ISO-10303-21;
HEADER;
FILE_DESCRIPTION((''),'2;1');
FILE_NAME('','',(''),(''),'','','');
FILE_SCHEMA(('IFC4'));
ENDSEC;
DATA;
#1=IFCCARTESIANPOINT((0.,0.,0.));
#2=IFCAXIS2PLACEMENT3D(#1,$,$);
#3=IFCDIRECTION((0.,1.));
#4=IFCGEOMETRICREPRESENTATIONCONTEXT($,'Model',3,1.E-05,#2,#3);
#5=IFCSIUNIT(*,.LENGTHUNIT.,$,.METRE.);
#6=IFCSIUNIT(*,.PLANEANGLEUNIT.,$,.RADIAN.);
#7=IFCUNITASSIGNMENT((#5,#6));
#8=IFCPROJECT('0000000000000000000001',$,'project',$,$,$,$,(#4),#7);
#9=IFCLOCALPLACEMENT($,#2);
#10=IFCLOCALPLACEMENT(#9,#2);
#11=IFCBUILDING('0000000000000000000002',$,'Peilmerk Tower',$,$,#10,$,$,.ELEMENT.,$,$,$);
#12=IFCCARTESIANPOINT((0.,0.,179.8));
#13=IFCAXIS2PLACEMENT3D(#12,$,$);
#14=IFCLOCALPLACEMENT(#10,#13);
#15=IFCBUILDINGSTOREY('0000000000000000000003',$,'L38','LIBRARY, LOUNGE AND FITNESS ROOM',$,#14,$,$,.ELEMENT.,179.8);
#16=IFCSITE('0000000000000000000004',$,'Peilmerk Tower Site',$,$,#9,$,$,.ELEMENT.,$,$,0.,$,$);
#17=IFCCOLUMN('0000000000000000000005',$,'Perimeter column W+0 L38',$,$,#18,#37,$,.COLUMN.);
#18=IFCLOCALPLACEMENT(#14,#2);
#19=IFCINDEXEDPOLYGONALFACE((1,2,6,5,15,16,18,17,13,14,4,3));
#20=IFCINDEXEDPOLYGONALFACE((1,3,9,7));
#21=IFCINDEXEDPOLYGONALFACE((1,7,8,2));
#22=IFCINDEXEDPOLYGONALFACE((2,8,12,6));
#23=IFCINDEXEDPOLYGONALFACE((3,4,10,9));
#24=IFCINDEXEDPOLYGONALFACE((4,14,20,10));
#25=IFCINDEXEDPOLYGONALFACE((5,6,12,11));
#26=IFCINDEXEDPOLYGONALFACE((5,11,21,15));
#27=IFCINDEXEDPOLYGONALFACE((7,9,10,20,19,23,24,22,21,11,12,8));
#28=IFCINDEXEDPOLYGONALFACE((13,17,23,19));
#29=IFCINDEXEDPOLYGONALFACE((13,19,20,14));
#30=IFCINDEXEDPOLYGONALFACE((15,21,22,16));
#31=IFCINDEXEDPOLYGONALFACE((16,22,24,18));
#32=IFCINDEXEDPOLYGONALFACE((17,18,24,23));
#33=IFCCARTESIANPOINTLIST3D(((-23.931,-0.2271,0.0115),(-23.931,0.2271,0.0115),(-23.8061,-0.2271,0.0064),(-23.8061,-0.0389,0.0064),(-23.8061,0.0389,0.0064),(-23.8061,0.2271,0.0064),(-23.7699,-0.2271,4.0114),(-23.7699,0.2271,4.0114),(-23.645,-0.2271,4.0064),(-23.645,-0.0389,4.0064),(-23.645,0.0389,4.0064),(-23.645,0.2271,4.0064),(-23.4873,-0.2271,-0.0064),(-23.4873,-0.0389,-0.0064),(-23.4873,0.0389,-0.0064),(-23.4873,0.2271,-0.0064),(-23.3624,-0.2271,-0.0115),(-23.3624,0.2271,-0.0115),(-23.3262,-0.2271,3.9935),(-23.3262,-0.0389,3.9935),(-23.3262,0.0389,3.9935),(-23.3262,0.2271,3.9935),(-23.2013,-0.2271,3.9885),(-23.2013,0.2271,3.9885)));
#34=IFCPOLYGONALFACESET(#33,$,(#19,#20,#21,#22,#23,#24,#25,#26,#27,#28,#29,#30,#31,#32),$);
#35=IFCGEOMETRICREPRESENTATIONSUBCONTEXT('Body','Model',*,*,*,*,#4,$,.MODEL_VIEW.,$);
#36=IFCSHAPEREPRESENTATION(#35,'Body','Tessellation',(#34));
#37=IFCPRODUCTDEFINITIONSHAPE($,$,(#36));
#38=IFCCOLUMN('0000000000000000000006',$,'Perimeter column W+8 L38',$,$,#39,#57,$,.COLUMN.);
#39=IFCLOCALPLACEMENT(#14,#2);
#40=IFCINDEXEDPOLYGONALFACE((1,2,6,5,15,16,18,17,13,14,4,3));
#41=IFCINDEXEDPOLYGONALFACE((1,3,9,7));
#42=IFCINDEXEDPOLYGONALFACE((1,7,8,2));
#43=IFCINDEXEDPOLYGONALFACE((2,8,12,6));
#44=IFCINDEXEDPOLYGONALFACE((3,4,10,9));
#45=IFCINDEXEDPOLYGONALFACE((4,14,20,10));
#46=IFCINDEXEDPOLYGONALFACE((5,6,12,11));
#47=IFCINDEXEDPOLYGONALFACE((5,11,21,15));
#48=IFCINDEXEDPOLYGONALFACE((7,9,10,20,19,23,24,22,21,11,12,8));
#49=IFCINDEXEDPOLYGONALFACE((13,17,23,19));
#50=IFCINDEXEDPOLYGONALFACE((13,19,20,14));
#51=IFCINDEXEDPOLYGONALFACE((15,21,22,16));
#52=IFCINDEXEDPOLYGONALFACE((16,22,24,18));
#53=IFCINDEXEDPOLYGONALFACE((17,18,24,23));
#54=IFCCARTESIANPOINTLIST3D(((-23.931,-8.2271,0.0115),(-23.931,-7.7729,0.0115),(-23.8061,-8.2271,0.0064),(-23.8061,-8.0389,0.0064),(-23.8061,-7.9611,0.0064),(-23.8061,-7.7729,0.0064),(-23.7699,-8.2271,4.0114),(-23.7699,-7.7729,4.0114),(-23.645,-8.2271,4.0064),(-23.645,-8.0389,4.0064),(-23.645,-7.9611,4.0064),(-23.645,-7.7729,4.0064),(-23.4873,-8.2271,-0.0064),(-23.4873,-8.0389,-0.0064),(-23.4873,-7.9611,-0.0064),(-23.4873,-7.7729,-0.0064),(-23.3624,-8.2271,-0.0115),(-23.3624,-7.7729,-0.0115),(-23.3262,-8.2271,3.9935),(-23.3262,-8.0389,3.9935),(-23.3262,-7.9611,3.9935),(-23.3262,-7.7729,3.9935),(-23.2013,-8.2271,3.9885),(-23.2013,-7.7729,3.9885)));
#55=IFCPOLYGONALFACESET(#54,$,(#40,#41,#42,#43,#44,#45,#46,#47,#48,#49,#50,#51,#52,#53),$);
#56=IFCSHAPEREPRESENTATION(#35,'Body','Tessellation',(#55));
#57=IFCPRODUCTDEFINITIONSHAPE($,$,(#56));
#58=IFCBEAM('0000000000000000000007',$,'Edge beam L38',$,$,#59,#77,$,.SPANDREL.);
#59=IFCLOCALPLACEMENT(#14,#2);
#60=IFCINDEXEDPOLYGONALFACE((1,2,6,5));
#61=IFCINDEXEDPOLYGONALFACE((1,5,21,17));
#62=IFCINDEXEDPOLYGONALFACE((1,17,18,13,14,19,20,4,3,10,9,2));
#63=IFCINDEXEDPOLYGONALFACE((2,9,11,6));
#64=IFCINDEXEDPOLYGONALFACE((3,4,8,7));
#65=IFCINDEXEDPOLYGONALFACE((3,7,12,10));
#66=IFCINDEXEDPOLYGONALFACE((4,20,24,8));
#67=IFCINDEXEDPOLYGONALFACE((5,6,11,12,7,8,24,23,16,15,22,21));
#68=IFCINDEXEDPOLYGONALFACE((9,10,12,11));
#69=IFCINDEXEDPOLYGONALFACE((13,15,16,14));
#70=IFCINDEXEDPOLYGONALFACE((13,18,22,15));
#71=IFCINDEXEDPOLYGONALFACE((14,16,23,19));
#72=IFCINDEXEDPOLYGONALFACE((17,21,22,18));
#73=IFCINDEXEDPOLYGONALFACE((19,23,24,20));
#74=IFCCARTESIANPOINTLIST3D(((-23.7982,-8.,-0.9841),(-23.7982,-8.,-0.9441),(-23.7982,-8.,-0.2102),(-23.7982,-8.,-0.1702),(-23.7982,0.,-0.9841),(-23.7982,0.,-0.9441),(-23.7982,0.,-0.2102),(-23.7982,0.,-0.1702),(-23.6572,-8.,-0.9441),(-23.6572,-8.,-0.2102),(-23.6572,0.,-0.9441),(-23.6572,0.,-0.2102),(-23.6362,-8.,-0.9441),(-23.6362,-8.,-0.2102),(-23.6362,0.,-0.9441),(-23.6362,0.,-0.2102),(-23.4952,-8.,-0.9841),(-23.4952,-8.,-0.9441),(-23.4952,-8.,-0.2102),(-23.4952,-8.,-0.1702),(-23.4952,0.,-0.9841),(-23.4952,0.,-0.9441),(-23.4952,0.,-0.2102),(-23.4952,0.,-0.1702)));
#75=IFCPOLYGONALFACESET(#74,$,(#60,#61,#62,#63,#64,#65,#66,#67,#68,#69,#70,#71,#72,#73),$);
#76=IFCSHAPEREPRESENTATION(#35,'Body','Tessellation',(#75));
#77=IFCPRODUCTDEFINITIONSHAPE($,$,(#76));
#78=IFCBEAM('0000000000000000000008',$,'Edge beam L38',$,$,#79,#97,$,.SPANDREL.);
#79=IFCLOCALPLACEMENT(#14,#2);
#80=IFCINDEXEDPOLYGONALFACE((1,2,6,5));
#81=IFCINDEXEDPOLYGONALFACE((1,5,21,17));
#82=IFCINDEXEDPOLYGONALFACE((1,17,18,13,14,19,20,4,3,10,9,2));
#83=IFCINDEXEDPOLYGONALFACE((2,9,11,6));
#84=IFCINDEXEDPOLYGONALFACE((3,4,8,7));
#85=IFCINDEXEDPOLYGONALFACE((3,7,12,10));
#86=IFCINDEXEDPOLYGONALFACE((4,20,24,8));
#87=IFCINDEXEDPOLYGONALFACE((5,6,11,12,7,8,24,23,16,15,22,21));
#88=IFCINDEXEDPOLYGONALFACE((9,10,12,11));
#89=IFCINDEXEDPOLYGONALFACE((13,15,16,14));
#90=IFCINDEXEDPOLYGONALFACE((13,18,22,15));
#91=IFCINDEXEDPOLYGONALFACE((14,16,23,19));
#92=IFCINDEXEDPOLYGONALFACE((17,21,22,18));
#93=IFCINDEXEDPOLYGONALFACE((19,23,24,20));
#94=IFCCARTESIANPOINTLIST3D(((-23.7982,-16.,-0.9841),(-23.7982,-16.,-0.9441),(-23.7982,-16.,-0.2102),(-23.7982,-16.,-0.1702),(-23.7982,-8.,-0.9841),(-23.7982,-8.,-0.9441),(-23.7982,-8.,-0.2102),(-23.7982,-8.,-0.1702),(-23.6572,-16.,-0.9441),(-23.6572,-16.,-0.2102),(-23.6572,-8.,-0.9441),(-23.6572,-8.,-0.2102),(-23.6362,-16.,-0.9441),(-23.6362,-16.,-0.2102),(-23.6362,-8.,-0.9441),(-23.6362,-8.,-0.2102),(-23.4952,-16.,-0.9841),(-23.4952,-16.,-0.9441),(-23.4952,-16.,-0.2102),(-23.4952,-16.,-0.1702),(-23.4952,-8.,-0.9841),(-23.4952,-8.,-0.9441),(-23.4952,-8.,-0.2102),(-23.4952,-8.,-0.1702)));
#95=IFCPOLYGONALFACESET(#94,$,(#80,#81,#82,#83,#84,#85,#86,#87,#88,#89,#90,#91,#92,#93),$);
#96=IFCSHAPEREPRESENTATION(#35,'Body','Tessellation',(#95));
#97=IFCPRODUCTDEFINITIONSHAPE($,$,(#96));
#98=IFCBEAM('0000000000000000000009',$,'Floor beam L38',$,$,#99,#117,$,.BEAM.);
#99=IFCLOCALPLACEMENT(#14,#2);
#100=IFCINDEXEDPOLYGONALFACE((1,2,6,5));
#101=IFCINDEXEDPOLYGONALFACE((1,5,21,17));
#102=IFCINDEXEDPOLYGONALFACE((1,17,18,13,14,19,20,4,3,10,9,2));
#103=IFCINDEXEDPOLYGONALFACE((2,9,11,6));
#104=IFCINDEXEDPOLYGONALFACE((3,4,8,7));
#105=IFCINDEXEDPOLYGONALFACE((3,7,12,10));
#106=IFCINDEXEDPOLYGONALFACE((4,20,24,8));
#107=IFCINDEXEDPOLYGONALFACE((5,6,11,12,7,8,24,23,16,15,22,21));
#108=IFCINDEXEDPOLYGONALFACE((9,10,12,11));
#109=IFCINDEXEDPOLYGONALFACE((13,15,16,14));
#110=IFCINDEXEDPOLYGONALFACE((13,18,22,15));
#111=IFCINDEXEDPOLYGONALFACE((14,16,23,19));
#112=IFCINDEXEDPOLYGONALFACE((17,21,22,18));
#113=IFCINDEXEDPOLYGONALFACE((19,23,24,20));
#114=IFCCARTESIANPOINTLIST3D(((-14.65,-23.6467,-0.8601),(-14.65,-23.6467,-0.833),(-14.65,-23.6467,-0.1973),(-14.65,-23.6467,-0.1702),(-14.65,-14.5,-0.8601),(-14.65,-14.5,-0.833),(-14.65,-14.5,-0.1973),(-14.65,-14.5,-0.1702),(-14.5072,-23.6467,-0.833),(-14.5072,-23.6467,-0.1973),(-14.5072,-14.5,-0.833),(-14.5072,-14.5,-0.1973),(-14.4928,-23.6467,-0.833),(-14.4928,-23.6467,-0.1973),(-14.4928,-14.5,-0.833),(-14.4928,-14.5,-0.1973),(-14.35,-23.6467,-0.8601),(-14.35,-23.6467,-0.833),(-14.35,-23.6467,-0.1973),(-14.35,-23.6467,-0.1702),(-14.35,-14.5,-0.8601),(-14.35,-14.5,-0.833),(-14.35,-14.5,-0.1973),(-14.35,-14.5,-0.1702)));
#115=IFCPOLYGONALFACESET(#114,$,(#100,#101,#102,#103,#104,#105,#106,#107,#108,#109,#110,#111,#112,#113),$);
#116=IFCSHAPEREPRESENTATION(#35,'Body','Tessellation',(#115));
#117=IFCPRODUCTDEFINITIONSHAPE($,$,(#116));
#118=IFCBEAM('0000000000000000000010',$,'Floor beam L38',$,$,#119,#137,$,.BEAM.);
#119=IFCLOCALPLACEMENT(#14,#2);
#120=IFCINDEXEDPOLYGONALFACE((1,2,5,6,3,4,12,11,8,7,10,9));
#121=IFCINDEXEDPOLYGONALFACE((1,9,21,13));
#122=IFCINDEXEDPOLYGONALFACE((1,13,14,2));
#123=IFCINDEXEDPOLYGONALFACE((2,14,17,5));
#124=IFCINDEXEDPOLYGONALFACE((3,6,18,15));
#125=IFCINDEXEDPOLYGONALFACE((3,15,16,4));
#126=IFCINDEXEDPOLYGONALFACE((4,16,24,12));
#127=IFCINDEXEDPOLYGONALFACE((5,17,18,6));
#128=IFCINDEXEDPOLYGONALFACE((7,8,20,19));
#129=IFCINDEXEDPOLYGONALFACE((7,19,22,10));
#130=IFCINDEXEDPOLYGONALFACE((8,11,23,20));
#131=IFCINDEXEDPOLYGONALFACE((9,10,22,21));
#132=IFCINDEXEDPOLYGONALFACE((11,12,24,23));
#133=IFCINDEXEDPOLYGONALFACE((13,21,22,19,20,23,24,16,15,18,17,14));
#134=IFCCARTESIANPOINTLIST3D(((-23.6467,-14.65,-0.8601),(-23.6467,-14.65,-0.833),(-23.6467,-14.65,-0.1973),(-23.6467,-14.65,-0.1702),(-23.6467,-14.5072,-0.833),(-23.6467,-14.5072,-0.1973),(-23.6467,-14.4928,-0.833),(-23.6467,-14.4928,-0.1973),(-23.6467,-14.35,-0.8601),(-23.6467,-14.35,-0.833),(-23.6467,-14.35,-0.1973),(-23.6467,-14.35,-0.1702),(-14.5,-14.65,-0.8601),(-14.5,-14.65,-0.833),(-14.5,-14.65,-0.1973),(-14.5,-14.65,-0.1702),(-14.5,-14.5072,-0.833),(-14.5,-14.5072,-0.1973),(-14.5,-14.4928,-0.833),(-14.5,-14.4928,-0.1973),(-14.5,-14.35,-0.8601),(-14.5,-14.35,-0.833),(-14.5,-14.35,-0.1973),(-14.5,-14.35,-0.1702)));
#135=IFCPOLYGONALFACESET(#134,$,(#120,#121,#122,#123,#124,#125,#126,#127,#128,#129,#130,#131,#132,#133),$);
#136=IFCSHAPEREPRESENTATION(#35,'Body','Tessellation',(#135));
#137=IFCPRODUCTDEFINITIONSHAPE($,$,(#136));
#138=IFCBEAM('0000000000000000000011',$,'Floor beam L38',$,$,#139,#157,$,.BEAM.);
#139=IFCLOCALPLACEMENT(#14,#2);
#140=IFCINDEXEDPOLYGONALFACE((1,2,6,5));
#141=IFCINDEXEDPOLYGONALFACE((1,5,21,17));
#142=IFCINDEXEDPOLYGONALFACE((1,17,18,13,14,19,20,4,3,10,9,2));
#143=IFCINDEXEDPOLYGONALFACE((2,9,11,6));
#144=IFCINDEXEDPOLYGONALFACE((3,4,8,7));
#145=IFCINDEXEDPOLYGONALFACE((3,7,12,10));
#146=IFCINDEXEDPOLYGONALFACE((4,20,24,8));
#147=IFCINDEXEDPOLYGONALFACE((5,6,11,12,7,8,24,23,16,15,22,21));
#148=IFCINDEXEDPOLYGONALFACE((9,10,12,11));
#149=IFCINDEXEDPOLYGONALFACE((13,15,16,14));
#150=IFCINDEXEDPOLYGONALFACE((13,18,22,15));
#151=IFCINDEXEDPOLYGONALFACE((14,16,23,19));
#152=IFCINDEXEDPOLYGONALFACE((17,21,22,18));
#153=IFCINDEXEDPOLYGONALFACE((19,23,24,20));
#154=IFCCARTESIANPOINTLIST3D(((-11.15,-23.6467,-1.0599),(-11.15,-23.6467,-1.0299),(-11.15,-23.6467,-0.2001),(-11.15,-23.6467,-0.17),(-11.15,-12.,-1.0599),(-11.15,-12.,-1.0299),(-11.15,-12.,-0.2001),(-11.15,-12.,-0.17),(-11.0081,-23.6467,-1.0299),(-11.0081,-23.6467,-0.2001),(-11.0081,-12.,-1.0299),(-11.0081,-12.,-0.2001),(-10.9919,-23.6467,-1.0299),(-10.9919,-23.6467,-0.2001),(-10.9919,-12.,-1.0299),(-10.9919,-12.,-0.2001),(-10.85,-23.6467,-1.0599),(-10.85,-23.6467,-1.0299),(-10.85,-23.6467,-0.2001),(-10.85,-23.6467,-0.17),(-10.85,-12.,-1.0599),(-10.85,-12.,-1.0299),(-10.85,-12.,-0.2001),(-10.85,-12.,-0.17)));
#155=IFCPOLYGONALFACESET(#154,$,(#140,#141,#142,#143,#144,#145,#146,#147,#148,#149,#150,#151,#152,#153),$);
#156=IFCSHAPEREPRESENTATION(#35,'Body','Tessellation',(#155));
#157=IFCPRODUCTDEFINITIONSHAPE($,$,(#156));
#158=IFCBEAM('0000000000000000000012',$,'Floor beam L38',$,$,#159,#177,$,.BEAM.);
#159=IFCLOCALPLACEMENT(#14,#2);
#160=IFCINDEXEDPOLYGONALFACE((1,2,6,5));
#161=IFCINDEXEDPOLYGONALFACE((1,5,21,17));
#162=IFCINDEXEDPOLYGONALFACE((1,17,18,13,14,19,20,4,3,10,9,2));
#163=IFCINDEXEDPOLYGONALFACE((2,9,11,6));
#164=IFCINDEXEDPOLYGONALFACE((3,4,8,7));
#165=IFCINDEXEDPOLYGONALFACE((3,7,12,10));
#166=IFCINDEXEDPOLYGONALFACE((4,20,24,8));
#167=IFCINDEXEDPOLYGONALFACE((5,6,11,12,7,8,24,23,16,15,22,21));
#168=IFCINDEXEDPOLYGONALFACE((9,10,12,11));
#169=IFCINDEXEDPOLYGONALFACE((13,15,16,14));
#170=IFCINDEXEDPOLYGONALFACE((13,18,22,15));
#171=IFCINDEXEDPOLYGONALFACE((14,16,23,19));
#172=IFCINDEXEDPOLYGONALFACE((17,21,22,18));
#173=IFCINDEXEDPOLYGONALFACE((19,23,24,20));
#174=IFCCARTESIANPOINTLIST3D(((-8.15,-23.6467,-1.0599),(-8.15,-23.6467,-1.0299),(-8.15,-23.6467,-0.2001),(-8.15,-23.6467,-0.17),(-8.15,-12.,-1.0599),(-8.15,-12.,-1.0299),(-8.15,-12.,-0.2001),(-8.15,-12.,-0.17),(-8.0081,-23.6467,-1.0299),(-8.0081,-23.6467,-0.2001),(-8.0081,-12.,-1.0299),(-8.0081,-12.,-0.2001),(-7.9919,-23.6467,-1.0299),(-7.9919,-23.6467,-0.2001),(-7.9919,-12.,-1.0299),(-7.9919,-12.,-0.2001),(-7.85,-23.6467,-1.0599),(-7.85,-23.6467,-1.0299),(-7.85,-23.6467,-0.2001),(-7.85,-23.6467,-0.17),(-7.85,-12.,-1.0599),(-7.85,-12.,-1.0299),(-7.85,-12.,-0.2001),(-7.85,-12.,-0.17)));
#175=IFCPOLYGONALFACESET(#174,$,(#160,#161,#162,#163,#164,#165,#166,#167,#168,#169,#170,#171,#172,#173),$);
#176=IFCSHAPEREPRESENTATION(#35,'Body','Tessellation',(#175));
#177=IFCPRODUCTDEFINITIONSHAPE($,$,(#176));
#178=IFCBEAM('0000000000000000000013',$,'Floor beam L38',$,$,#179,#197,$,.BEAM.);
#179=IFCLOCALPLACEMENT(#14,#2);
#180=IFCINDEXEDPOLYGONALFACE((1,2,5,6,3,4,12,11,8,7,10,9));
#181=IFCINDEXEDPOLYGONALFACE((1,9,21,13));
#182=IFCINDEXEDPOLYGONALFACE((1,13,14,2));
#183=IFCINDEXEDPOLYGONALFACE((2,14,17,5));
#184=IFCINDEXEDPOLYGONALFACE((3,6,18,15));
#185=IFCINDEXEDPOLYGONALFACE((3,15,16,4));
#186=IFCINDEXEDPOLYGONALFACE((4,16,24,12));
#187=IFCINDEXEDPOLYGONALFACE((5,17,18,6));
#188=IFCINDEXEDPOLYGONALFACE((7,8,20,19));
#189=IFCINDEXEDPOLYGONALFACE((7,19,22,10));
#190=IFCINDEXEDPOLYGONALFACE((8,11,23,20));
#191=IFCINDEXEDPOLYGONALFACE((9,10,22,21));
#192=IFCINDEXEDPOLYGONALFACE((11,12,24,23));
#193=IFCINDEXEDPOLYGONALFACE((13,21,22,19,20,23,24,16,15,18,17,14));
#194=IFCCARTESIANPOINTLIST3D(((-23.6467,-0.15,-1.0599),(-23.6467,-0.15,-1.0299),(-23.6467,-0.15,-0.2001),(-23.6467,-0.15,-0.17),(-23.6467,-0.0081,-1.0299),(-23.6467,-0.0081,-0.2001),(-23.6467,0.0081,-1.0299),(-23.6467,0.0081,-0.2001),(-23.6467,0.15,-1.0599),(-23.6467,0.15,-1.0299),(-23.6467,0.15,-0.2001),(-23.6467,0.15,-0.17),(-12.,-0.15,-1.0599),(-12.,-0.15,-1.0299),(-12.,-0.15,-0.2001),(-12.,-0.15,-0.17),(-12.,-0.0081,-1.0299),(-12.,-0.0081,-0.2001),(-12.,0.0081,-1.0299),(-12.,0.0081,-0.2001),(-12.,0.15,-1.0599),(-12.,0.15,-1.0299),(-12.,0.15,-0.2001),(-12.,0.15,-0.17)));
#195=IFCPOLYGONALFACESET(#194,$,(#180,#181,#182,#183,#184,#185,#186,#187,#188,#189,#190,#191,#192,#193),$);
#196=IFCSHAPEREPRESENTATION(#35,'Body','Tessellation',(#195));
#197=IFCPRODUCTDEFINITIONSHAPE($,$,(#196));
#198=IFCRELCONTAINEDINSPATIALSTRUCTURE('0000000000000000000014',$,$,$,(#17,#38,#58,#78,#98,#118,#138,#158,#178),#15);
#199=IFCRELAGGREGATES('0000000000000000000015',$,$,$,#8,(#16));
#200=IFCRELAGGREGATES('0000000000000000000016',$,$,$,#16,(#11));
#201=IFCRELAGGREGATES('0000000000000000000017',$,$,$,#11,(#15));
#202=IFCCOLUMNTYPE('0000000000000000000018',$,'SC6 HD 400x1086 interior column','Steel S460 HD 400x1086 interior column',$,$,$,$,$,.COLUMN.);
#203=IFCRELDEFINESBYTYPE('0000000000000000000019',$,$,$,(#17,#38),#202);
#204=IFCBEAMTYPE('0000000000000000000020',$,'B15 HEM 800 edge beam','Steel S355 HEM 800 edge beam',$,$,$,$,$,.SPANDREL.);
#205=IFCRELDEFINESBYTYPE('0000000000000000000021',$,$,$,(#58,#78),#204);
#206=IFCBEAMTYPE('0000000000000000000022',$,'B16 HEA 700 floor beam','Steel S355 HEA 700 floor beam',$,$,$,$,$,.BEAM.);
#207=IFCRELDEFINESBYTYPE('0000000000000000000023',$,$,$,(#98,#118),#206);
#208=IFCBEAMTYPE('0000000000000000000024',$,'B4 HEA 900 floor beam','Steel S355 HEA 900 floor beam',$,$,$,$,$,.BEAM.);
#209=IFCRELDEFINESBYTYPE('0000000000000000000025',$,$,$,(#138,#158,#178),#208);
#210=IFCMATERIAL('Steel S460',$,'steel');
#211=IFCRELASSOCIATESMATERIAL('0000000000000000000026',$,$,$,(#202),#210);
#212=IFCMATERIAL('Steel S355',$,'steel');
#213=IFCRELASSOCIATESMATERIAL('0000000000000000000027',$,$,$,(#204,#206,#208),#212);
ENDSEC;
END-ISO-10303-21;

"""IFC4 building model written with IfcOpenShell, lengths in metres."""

from ifc_helpers import new_model, si_unit, direction, frame, origin, origin_2d, place, context, subcontext, project, spatial, i_section, extrude, material, material_profile, profile_set, type_object, element, save


model = new_model("IFC4")

# Units and contexts
model_context = context("Model", 3, precision=1e-05, world=origin(), true_north=direction((0.0, 1.0)))
body_context = subcontext(model_context, "Body", "Model", "MODEL_VIEW")
ifc_project = project(units=[si_unit("LENGTHUNIT", "METRE"), si_unit("PLANEANGLEUNIT", "RADIAN")], contexts=[model_context])

# Site, building, storey
site_placement = place(None, origin())
site = spatial("IfcSite", under=ifc_project, at=site_placement, Name="Peilmerk Tower Site", CompositionType="ELEMENT", RefElevation=0.0)
building_placement = place(site_placement, origin())
building = spatial("IfcBuilding", under=site, at=building_placement, Name="Peilmerk Tower", CompositionType="ELEMENT")
storey_placement = place(building_placement, frame((0.0, 0.0, 179.8)))
storey = spatial("IfcBuildingStorey", under=building, at=storey_placement, Name="L38", Description="LIBRARY, LOUNGE AND FITNESS ROOM", CompositionType="ELEMENT", Elevation=179.8)

# Columns
ifc_material_1 = material(Name="Steel S460", Category="steel")
ifc_material_profile_1 = material_profile(ifc_material_1, i_section(OverallWidth=0.4541, OverallDepth=0.5691, WebThickness=0.0779, FlangeThickness=0.125, at=origin_2d()), Name="HD 400x1086")
ifc_profile_set_1 = profile_set([ifc_material_profile_1], Name="Steel S460")
column_type = type_object("IfcColumnType", Name="SC6 HD 400x1086 interior column", Description="Steel S460 HD 400x1086 interior column", PredefinedType="COLUMN", material=ifc_profile_set_1)
for number, where, z_axis, x_axis, name in (
    (1, (-23.6467, 0.0, 0.0), (0.040251, 0.0, 0.99919), (0.0, 1.0, 0.0), "Perimeter column W+0 L38"),
    (2, (-23.6467, -8.0, 0.0), (0.040251, 0.0, 0.99919), (0.0, 1.0, 0.0), "Perimeter column W+8 L38"),
):
    element("IfcColumn", number, at=place(storey_placement, frame(where, z_axis=z_axis, x_axis=x_axis)), inside=storey, type_object=column_type, Name=name, PredefinedType="COLUMN", context=body_context, shape_type="SweptSolid", body=[
        extrude(i_section(OverallWidth=0.4541, OverallDepth=0.5691, WebThickness=0.0779, FlangeThickness=0.125, at=origin_2d()), origin(), (0.0, 0.0, 1.0), 4.0032),
    ])

# Beams
ifc_material_2 = material(Name="Steel S355", Category="steel")
ifc_material_profile_2 = material_profile(ifc_material_2, i_section(OverallWidth=0.303, OverallDepth=0.814, WebThickness=0.021, FlangeThickness=0.04, at=origin_2d()), Name="HEM 800")
ifc_profile_set_2 = profile_set([ifc_material_profile_2], Name="Steel S355")
beam_type_1 = type_object("IfcBeamType", Name="B15 HEM 800 edge beam", Description="Steel S355 HEM 800 edge beam", PredefinedType="SPANDREL", material=ifc_profile_set_2)
for number, where, z_axis, x_axis, name in (
    (3, (-23.6467, 0.0, -0.5771), (0.0, -1.0, 0.0), (1.0, 0.0, 0.0), "Edge beam L38"),
    (4, (-23.6467, -8.0, -0.5771), (0.0, -1.0, 0.0), (1.0, 0.0, 0.0), "Edge beam L38"),
):
    element("IfcBeam", number, at=place(storey_placement, frame(where, z_axis=z_axis, x_axis=x_axis)), inside=storey, type_object=beam_type_1, Name=name, PredefinedType="SPANDREL", context=body_context, shape_type="SweptSolid", body=[
        extrude(i_section(OverallWidth=0.303, OverallDepth=0.814, WebThickness=0.021, FlangeThickness=0.04, at=origin_2d()), origin(), (0.0, 0.0, 1.0), 8.0),
    ])
ifc_material_profile_3 = material_profile(ifc_material_2, i_section(OverallWidth=0.3, OverallDepth=0.6899, WebThickness=0.0144, FlangeThickness=0.0271, at=origin_2d()), Name="HEA 700")
ifc_profile_set_3 = profile_set([ifc_material_profile_3], Name="Steel S355")
beam_type_2 = type_object("IfcBeamType", Name="B16 HEA 700 floor beam", Description="Steel S355 HEA 700 floor beam", PredefinedType="BEAM", material=ifc_profile_set_3)
for number, where, z_axis, x_axis, name in (
    (5, (-14.5, -14.5, -0.5151), (0.0, -1.0, 0.0), (1.0, 0.0, 0.0), "Floor beam L38"),
    (6, (-14.5, -14.5, -0.5151), (-1.0, 0.0, 0.0), (0.0, -1.0, 0.0), "Floor beam L38"),
):
    element("IfcBeam", number, at=place(storey_placement, frame(where, z_axis=z_axis, x_axis=x_axis)), inside=storey, type_object=beam_type_2, Name=name, PredefinedType="BEAM", context=body_context, shape_type="SweptSolid", body=[
        extrude(i_section(OverallWidth=0.3, OverallDepth=0.6899, WebThickness=0.0144, FlangeThickness=0.0271, at=origin_2d()), origin(), (0.0, 0.0, 1.0), 9.1467),
    ])
ifc_material_profile_4 = material_profile(ifc_material_2, i_section(OverallWidth=0.3, OverallDepth=0.8899, WebThickness=0.0161, FlangeThickness=0.03, at=origin_2d()), Name="HEA 900")
ifc_profile_set_4 = profile_set([ifc_material_profile_4], Name="Steel S355")
beam_type_3 = type_object("IfcBeamType", Name="B4 HEA 900 floor beam", Description="Steel S355 HEA 900 floor beam", PredefinedType="BEAM", material=ifc_profile_set_4)
for number, where, z_axis, x_axis, name in (
    (7, (-11.0, -12.0, -0.615), (0.0, -1.0, 0.0), (1.0, 0.0, 0.0), "Floor beam L38"),
    (8, (-8.0, -12.0, -0.615), (0.0, -1.0, 0.0), (1.0, 0.0, 0.0), "Floor beam L38"),
    (9, (-12.0, 0.0, -0.615), (-1.0, 0.0, 0.0), (0.0, -1.0, 0.0), "Floor beam L38"),
):
    element("IfcBeam", number, at=place(storey_placement, frame(where, z_axis=z_axis, x_axis=x_axis)), inside=storey, type_object=beam_type_3, Name=name, PredefinedType="BEAM", context=body_context, shape_type="SweptSolid", body=[
        extrude(i_section(OverallWidth=0.3, OverallDepth=0.8899, WebThickness=0.0161, FlangeThickness=0.03, at=origin_2d()), origin(), (0.0, 0.0, 1.0), 11.6467),
    ])

save(model, "model.ifc")
